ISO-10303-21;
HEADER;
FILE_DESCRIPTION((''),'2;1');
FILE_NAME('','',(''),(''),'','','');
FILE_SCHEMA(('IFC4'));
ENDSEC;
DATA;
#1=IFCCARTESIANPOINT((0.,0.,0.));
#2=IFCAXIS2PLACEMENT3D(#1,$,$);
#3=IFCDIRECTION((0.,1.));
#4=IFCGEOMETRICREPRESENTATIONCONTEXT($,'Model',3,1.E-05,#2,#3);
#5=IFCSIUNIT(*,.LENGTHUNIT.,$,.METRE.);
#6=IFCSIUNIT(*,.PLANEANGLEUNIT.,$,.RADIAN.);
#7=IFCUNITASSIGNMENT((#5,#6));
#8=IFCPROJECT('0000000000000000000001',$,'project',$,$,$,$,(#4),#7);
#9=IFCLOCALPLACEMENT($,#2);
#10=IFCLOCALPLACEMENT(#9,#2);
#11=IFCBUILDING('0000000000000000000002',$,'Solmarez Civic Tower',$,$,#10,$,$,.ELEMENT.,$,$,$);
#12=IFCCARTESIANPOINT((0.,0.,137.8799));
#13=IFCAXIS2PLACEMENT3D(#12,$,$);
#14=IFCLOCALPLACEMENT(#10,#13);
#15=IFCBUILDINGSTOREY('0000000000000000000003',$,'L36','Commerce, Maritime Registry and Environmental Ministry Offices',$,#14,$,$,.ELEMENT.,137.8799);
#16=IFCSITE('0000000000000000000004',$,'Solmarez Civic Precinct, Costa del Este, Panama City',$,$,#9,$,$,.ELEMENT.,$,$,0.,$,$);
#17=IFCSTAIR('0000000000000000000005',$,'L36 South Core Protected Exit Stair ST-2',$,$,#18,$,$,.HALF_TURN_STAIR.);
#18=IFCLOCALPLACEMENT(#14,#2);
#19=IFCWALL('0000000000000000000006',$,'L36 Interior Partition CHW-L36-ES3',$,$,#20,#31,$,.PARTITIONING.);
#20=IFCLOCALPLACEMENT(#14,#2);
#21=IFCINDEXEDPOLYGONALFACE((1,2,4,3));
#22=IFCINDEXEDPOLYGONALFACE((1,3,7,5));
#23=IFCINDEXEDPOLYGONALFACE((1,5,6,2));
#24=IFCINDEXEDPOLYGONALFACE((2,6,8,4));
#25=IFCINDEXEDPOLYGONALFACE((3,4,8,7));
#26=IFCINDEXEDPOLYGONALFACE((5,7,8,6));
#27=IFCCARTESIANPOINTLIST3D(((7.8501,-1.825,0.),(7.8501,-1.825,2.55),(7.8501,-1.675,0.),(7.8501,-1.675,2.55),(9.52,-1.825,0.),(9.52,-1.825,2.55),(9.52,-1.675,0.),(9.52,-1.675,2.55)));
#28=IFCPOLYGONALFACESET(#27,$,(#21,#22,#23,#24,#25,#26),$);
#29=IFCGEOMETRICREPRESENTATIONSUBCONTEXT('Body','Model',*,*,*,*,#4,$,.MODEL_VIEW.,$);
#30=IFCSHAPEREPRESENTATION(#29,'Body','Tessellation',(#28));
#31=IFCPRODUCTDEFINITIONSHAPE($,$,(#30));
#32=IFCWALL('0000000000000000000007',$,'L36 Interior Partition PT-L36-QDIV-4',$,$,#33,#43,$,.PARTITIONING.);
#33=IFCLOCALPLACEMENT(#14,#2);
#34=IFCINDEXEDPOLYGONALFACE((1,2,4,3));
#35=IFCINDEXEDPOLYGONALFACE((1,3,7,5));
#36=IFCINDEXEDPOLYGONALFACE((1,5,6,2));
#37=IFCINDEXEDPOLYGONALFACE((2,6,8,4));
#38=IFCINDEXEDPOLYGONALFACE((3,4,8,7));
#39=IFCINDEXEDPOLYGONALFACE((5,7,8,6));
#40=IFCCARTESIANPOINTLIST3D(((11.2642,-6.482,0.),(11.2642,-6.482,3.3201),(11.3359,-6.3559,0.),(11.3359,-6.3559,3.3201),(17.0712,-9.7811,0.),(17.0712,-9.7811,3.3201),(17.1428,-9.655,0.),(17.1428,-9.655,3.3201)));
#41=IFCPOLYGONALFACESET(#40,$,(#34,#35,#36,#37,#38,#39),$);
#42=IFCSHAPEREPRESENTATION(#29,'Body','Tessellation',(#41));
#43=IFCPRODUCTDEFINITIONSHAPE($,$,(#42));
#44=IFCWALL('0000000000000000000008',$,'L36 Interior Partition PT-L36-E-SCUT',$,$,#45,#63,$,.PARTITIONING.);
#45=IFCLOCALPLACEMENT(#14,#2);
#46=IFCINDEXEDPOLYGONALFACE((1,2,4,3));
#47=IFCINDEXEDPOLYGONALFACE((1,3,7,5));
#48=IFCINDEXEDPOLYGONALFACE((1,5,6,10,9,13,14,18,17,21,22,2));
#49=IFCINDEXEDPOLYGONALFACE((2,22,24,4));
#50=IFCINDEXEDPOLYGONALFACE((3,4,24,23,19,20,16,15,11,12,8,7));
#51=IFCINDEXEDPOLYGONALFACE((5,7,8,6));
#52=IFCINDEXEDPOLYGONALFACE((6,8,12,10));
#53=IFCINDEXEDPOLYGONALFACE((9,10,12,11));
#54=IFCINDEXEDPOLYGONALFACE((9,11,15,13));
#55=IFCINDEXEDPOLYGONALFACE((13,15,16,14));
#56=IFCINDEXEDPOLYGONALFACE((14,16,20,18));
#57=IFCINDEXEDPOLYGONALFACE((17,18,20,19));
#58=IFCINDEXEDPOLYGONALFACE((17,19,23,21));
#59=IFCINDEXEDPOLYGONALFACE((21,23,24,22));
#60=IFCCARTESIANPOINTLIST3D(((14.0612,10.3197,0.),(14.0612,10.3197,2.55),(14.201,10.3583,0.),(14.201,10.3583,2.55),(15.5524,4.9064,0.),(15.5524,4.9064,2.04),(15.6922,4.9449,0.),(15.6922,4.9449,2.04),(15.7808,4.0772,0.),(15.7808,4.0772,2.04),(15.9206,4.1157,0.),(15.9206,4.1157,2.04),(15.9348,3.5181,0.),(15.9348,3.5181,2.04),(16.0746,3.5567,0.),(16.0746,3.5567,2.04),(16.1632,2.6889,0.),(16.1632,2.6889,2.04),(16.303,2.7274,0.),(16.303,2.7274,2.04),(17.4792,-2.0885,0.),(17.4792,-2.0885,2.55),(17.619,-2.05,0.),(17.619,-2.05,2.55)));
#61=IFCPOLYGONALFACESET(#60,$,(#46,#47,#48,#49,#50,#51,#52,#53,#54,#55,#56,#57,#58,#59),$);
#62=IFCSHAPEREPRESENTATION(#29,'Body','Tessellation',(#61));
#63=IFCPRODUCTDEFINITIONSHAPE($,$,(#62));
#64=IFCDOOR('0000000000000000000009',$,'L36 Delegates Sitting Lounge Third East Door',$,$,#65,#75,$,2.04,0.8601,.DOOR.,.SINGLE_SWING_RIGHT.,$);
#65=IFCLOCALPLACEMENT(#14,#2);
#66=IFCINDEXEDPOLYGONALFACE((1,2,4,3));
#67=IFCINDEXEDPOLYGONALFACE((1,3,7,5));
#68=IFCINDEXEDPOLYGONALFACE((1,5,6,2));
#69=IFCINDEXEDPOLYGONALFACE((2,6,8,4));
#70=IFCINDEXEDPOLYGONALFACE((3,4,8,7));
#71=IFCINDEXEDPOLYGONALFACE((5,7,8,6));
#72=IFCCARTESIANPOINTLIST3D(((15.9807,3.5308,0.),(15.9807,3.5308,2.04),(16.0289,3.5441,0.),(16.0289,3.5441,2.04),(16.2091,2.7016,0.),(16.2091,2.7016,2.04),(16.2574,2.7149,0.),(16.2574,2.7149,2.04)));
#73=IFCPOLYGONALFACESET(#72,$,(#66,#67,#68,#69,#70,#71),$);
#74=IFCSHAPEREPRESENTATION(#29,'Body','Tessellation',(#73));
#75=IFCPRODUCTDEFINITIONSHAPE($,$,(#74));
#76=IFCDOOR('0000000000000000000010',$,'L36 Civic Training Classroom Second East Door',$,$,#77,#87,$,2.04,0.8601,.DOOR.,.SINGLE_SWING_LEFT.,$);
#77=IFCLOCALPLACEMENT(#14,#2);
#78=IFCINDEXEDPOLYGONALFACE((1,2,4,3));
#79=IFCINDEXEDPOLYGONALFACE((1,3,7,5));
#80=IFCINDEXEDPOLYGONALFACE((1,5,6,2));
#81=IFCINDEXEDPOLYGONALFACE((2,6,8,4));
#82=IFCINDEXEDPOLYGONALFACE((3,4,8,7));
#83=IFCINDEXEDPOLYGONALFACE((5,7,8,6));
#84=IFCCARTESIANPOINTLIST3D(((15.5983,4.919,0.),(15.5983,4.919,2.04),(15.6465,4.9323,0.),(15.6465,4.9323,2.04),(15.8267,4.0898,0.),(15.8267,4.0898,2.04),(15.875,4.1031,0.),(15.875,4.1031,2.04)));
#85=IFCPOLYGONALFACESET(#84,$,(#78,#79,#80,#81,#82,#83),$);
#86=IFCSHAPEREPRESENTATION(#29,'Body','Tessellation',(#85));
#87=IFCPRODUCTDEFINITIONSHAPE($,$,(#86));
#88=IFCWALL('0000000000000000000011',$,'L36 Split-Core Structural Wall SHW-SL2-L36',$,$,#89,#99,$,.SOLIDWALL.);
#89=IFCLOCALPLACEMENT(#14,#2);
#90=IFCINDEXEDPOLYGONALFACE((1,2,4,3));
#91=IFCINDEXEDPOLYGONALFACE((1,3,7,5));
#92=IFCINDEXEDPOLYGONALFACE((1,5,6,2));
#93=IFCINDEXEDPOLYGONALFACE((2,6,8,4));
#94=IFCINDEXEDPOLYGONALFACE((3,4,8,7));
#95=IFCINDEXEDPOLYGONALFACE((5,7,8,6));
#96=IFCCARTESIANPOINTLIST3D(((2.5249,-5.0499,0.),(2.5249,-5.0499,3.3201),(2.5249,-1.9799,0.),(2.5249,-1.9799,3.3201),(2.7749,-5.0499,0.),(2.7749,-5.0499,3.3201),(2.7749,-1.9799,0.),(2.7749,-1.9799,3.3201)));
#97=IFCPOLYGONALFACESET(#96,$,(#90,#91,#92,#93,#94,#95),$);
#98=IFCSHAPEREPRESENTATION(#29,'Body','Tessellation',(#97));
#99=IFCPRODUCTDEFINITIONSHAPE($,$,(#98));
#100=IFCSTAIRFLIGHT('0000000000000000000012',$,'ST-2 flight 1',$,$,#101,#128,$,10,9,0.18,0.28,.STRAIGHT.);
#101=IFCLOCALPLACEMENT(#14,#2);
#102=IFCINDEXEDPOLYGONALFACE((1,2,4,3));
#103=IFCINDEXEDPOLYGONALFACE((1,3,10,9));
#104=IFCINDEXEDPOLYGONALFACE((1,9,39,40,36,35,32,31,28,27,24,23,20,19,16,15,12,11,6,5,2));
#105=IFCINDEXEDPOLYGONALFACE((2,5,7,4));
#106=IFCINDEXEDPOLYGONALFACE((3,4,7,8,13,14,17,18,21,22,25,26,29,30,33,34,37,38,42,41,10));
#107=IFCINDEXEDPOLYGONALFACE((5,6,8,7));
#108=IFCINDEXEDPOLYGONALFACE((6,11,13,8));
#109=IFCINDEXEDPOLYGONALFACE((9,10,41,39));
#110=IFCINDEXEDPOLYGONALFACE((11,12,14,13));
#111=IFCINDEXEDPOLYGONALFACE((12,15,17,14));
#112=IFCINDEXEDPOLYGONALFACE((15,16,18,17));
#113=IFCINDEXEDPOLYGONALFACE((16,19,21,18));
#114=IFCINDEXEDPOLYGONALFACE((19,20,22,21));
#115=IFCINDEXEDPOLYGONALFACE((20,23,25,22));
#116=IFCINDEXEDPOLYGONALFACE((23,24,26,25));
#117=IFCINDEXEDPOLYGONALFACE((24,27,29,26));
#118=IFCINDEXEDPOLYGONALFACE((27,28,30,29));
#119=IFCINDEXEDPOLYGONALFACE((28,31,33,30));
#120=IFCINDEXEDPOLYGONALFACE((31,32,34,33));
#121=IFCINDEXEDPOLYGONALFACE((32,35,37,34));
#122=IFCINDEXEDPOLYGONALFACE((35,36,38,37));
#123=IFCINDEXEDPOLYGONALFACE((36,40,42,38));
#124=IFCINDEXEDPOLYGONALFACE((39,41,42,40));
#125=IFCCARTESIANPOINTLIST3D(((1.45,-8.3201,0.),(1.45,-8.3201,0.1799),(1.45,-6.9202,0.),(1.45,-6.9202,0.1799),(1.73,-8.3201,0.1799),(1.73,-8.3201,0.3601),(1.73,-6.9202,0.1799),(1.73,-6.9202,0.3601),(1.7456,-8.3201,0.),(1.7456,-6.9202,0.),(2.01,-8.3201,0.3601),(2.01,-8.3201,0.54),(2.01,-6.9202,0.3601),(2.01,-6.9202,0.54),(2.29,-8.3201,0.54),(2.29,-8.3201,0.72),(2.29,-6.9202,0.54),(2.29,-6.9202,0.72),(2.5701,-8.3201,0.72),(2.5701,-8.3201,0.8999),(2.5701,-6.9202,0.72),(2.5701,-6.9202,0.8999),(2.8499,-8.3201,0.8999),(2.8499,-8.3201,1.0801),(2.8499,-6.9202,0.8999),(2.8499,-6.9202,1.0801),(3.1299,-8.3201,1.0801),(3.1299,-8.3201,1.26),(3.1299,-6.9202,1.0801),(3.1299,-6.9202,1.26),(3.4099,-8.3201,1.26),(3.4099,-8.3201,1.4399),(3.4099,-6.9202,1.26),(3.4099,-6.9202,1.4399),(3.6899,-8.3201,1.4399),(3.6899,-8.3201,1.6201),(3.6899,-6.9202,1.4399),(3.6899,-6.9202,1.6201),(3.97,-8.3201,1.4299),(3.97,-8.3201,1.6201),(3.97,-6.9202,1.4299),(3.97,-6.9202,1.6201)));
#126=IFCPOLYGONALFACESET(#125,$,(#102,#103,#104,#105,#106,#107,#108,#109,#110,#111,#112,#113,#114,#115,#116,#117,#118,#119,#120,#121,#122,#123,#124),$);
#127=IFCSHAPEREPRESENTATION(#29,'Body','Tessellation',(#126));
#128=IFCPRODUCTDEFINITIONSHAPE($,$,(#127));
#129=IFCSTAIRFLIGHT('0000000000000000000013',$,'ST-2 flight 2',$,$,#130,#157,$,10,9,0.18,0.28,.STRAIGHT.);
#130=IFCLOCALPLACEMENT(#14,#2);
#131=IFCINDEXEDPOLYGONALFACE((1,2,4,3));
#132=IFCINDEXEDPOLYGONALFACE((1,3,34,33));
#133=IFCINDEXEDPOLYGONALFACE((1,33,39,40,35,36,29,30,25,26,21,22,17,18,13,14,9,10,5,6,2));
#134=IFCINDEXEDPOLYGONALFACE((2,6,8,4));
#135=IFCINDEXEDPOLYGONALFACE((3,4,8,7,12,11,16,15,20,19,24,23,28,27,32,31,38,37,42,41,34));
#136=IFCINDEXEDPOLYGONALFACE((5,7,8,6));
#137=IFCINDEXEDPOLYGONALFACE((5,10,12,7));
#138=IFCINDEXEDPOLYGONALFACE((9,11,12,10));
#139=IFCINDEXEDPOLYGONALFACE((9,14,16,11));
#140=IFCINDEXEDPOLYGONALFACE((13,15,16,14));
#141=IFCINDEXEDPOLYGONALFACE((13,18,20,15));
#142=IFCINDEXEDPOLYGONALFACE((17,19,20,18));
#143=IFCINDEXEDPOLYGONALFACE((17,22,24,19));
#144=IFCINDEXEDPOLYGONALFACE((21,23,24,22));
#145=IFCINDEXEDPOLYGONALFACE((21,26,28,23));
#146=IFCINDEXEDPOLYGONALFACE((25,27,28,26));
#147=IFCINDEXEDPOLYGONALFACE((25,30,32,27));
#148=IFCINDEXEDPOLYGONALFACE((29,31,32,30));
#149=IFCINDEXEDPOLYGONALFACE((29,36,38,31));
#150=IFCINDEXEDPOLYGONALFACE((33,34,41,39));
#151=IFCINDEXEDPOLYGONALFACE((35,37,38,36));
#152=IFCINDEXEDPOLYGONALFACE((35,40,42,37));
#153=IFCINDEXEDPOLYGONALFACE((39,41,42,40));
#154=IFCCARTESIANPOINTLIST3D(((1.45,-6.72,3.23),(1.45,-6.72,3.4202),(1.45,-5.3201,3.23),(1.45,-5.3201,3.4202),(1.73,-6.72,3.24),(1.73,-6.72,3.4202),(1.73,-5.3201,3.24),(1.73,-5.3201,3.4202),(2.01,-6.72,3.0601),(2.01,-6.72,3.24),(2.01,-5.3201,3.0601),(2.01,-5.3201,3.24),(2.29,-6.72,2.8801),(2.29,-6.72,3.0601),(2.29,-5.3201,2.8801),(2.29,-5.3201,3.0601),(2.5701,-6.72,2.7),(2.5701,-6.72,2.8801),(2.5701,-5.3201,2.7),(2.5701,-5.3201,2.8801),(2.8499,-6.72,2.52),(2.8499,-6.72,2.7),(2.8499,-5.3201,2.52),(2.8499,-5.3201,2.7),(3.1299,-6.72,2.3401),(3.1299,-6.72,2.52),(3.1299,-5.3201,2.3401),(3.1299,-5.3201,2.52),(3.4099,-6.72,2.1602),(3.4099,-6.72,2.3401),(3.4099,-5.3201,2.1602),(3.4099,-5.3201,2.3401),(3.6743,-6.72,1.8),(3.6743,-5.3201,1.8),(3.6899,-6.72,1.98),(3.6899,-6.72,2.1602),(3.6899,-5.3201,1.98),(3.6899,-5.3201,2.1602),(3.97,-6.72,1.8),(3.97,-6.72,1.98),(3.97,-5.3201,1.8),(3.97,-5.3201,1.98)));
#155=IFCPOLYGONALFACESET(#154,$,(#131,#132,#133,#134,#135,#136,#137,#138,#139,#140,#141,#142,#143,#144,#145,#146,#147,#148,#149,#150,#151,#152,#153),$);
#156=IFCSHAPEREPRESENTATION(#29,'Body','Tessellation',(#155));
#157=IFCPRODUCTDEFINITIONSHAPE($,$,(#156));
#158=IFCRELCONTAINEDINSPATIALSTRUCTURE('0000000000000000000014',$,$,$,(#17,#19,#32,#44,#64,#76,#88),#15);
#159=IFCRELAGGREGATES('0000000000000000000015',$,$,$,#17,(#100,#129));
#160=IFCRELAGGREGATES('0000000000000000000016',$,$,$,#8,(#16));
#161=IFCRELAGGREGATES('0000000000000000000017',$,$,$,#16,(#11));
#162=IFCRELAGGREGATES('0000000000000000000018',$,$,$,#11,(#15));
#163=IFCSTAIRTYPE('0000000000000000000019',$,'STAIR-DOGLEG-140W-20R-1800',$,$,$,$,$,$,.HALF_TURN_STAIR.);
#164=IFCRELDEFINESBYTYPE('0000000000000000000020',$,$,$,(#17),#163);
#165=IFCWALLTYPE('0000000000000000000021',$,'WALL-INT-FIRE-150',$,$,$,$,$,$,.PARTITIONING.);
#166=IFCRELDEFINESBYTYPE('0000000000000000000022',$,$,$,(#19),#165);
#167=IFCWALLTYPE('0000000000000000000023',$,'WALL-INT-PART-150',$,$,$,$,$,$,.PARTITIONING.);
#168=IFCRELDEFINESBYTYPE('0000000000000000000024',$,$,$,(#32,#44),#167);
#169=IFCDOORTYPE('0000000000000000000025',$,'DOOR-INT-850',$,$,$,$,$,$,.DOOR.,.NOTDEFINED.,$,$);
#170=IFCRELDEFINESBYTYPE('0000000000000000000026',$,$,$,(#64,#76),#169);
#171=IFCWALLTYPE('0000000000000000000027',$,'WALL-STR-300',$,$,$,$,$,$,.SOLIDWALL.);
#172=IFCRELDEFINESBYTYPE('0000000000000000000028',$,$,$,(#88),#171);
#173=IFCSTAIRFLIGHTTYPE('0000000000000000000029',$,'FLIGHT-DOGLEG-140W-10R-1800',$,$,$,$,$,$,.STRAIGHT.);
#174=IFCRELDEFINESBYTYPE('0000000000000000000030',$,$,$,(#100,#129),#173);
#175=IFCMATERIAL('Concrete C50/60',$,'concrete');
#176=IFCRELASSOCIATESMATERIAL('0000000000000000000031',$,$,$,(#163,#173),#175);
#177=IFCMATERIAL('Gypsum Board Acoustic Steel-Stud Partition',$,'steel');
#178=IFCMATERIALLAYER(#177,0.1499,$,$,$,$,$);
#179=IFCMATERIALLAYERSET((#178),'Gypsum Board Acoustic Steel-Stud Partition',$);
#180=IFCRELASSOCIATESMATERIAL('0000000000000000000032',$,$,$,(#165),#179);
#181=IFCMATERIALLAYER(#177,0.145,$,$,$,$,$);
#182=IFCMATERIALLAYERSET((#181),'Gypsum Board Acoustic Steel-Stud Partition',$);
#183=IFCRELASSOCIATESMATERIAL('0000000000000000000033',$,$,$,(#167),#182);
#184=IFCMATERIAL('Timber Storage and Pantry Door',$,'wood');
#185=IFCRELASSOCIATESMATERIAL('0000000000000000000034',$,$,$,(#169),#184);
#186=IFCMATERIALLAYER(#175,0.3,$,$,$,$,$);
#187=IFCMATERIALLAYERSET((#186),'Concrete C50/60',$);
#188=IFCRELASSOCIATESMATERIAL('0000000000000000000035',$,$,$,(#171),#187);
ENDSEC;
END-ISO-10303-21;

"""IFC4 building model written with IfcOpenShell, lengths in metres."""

from ifc_helpers import new_model, si_unit, direction, frame, frame_2d, origin, place, context, subcontext, project, spatial, polyline, rectangle, outline, extrude, material, layer, layer_set, type_object, element, fill, aggregate, save


model = new_model("IFC4")

# Units and contexts
model_context = context("Model", 3, precision=1e-05, world=origin(), true_north=direction((0.0, 1.0)))
body_context = subcontext(model_context, "Body", "Model", "MODEL_VIEW")
ifc_project = project(units=[si_unit("LENGTHUNIT", "METRE"), si_unit("PLANEANGLEUNIT", "RADIAN")], contexts=[model_context])

# Site, building, storey
site_placement = place(None, origin())
site = spatial("IfcSite", under=ifc_project, at=site_placement, Name="Solmarez Civic Precinct, Costa del Este, Panama City", CompositionType="ELEMENT", RefElevation=0.0)
building_placement = place(site_placement, origin())
building = spatial("IfcBuilding", under=site, at=building_placement, Name="Solmarez Civic Tower", CompositionType="ELEMENT")
storey_placement = place(building_placement, frame((0.0, 0.0, 137.8799)))
storey = spatial("IfcBuildingStorey", under=building, at=storey_placement, Name="L36", Description="Commerce, Maritime Registry and Environmental Ministry Offices", CompositionType="ELEMENT", Elevation=137.8799)

# Shared definitions
ifc_material_1 = material(Name="Concrete C50/60", Category="concrete")

# Stair
stair_type = type_object("IfcStairType", Name="STAIR-DOGLEG-140W-20R-1800", PredefinedType="HALF_TURN_STAIR", material=ifc_material_1)
stair_1_placement = place(storey_placement, origin())
stair_1 = element("IfcStair", 1, at=stair_1_placement, inside=storey, type_object=stair_type, Name="L36 South Core Protected Exit Stair ST-2", PredefinedType="HALF_TURN_STAIR")

# Walls
ifc_material_2 = material(Name="Gypsum Board Acoustic Steel-Stud Partition", Category="steel")
ifc_layer_1 = layer(ifc_material_2, 0.1499)
ifc_layer_set_1 = layer_set([ifc_layer_1], Name="Gypsum Board Acoustic Steel-Stud Partition")
wall_type_1 = type_object("IfcWallType", Name="WALL-INT-FIRE-150", PredefinedType="PARTITIONING", material=ifc_layer_set_1)
wall_1_placement = place(storey_placement, frame((7.8501, -1.75, 0.0), z_axis=(0.0, 0.0, 1.0), x_axis=(1.0, 0.0, 0.0)))
element("IfcWall", 2, at=wall_1_placement, inside=storey, type_object=wall_type_1, Name="L36 Interior Partition CHW-L36-ES3", PredefinedType="PARTITIONING", context=body_context, shape_type="SweptSolid", body=[
    extrude(rectangle(XDim=1.6699, YDim=0.1499, at=frame_2d((0.835, 0.0))), origin(), (0.0, 0.0, 1.0), 2.55),
])
ifc_layer_2 = layer(ifc_material_2, 0.145)
ifc_layer_set_2 = layer_set([ifc_layer_2], Name="Gypsum Board Acoustic Steel-Stud Partition")
wall_type_2 = type_object("IfcWallType", Name="WALL-INT-PART-150", PredefinedType="PARTITIONING", material=ifc_layer_set_2)
wall_2_placement = place(storey_placement, frame((11.3, -6.4189, 0.0), z_axis=(0.0, 0.0, 1.0), x_axis=(0.869475, -0.493976, 0.0)))
element("IfcWall", 3, at=wall_2_placement, inside=storey, type_object=wall_type_2, Name="L36 Interior Partition PT-L36-QDIV-4", PredefinedType="PARTITIONING", context=body_context, shape_type="SweptSolid", body=[
    extrude(rectangle(XDim=6.6787, YDim=0.145, at=frame_2d((3.3394, 0.0))), origin(), (0.0, 0.0, 1.0), 3.3201),
])

# Wall, openings, doors
wall_3_placement = place(storey_placement, frame((17.5491, -2.0691, 0.0), z_axis=(0.0, 0.0, 1.0), x_axis=(-0.265569, 0.964092, 0.0)))
wall_3 = element("IfcWall", 4, at=wall_3_placement, inside=storey, type_object=wall_type_2, Name="L36 Interior Partition PT-L36-E-SCUT", PredefinedType="PARTITIONING", context=body_context, shape_type="SweptSolid", body=[
    extrude(rectangle(XDim=12.8704, YDim=0.145, at=frame_2d((6.4351, 0.0))), origin(), (0.0, 0.0, 1.0), 2.55),
])
opening_1_placement = place(wall_3_placement, frame((4.9551, 0.0, 0.0)))
opening_1 = element("IfcOpeningElement", 5, at=opening_1_placement, cuts=wall_3, PredefinedType="OPENING", context=body_context, shape_type="SweptSolid", body=[
    extrude(rectangle(XDim=0.8601, YDim=2.04, at=frame_2d((0.4302, 1.02))), frame((0.0, 0.0825, 0.0), z_axis=(0.0, -1.0, 0.0), x_axis=(1.0, 0.0, 0.0)), (0.0, 0.0, 1.0), 0.165),
])
opening_2_placement = place(wall_3_placement, frame((6.395, 0.0, 0.0)))
opening_2 = element("IfcOpeningElement", 6, at=opening_2_placement, cuts=wall_3, PredefinedType="OPENING", context=body_context, shape_type="SweptSolid", body=[
    extrude(rectangle(XDim=0.8601, YDim=2.04, at=frame_2d((0.4302, 1.02))), frame((0.0, 0.0825, 0.0), z_axis=(0.0, -1.0, 0.0), x_axis=(1.0, 0.0, 0.0)), (0.0, 0.0, 1.0), 0.165),
])
ifc_material_3 = material(Name="Timber Storage and Pantry Door", Category="wood")
door_type = type_object("IfcDoorType", Name="DOOR-INT-850", OperationType="NOTDEFINED", PredefinedType="DOOR", material=ifc_material_3)
door_1_placement = place(opening_1_placement, origin())
door_1 = element("IfcDoor", 7, at=door_1_placement, inside=storey, type_object=door_type, Name="L36 Delegates Sitting Lounge Third East Door", OperationType="SINGLE_SWING_RIGHT", OverallHeight=2.04, OverallWidth=0.8601, PredefinedType="DOOR", context=body_context, shape_type="SweptSolid", body=[
    extrude(rectangle(XDim=0.8601, YDim=2.04, at=frame_2d((0.4302, 1.02))), frame((0.0, 0.0249, 0.0), z_axis=(0.0, -1.0, 0.0), x_axis=(1.0, 0.0, 0.0)), (0.0, 0.0, 1.0), 0.05),
])
fill(opening_1, door_1)
door_2_placement = place(opening_2_placement, origin())
door_2 = element("IfcDoor", 8, at=door_2_placement, inside=storey, type_object=door_type, Name="L36 Civic Training Classroom Second East Door", OperationType="SINGLE_SWING_LEFT", OverallHeight=2.04, OverallWidth=0.8601, PredefinedType="DOOR", context=body_context, shape_type="SweptSolid", body=[
    extrude(rectangle(XDim=0.8601, YDim=2.04, at=frame_2d((0.4302, 1.02))), frame((0.0, 0.0249, 0.0), z_axis=(0.0, -1.0, 0.0), x_axis=(1.0, 0.0, 0.0)), (0.0, 0.0, 1.0), 0.05),
])
fill(opening_2, door_2)

# Wall
ifc_layer_3 = layer(ifc_material_1, 0.3)
ifc_layer_set_3 = layer_set([ifc_layer_3], Name="Concrete C50/60")
wall_type_3 = type_object("IfcWallType", Name="WALL-STR-300", PredefinedType="SOLIDWALL", material=ifc_layer_set_3)
wall_4_placement = place(storey_placement, frame((2.6499, -5.05, 0.0), z_axis=(0.0, 0.0, 1.0), x_axis=(0.0, 1.0, 0.0)))
element("IfcWall", 9, at=wall_4_placement, inside=storey, type_object=wall_type_3, Name="L36 Split-Core Structural Wall SHW-SL2-L36", PredefinedType="SOLIDWALL", context=body_context, shape_type="SweptSolid", body=[
    extrude(rectangle(XDim=3.0701, YDim=0.25, at=frame_2d((1.5352, 0.0))), origin(), (0.0, 0.0, 1.0), 3.3201),
])

# Stair flights
stair_flight_type = type_object("IfcStairFlightType", Name="FLIGHT-DOGLEG-140W-10R-1800", PredefinedType="STRAIGHT", material=ifc_material_1)
stair_flight_1_placement = place(storey_placement, frame((1.45, -7.6201, 0.0), z_axis=(0.0, 0.0, 1.0), x_axis=(1.0, 0.0, 0.0)))
stair_flight_1 = element("IfcStairFlight", 10, at=stair_flight_1_placement, type_object=stair_flight_type, Name="ST-2 flight 1", NumberOfRisers=10, NumberOfTreads=9, PredefinedType="STRAIGHT", RiserHeight=0.18, TreadLength=0.28, context=body_context, shape_type="SweptSolid", body=[
    extrude(outline(polyline([(0.0, 0.0), (0.0, 0.1799), (0.28, 0.1799), (0.28, 0.3601), (0.5601, 0.3601), (0.5601, 0.54), (0.8401, 0.54), (0.8401, 0.72), (1.1201, 0.72), (1.1201, 0.8999), (1.3999, 0.8999), (1.3999, 1.0801), (1.6799, 1.0801), (1.6799, 1.26), (1.96, 1.26), (1.96, 1.4399), (2.24, 1.4399), (2.24, 1.6201), (2.52, 1.6201), (2.52, 1.8), (2.52, 1.4299), (0.2957, 0.0), (0.0, 0.0)])), frame((0.0, 0.7, 0.0), z_axis=(0.0, -1.0, 0.0), x_axis=(1.0, 0.0, 0.0)), (0.0, 0.0, 1.0), 1.3999),
])
stair_flight_2_placement = place(storey_placement, frame((3.97, -6.02, 1.8), z_axis=(0.0, 0.0, 1.0), x_axis=(-1.0, 0.0, 0.0)))
stair_flight_2 = element("IfcStairFlight", 11, at=stair_flight_2_placement, type_object=stair_flight_type, Name="ST-2 flight 2", NumberOfRisers=10, NumberOfTreads=9, PredefinedType="STRAIGHT", RiserHeight=0.18, TreadLength=0.28, context=body_context, shape_type="SweptSolid", body=[
    extrude(outline(polyline([(0.0, 0.0), (0.0, 0.1799), (0.28, 0.1799), (0.28, 0.3601), (0.5601, 0.3601), (0.5601, 0.54), (0.8401, 0.54), (0.8401, 0.72), (1.1201, 0.72), (1.1201, 0.8999), (1.3999, 0.8999), (1.3999, 1.0801), (1.6799, 1.0801), (1.6799, 1.26), (1.96, 1.26), (1.96, 1.4399), (2.24, 1.4399), (2.24, 1.6201), (2.52, 1.6201), (2.52, 1.8), (2.52, 1.4299), (0.2957, 0.0), (0.0, 0.0)])), frame((0.0, 0.7, 0.0), z_axis=(0.0, -1.0, 0.0), x_axis=(1.0, 0.0, 0.0)), (0.0, 0.0, 1.0), 1.3999),
])
aggregate(stair_1, [stair_flight_1, stair_flight_2])

save(model, "model.ifc")
